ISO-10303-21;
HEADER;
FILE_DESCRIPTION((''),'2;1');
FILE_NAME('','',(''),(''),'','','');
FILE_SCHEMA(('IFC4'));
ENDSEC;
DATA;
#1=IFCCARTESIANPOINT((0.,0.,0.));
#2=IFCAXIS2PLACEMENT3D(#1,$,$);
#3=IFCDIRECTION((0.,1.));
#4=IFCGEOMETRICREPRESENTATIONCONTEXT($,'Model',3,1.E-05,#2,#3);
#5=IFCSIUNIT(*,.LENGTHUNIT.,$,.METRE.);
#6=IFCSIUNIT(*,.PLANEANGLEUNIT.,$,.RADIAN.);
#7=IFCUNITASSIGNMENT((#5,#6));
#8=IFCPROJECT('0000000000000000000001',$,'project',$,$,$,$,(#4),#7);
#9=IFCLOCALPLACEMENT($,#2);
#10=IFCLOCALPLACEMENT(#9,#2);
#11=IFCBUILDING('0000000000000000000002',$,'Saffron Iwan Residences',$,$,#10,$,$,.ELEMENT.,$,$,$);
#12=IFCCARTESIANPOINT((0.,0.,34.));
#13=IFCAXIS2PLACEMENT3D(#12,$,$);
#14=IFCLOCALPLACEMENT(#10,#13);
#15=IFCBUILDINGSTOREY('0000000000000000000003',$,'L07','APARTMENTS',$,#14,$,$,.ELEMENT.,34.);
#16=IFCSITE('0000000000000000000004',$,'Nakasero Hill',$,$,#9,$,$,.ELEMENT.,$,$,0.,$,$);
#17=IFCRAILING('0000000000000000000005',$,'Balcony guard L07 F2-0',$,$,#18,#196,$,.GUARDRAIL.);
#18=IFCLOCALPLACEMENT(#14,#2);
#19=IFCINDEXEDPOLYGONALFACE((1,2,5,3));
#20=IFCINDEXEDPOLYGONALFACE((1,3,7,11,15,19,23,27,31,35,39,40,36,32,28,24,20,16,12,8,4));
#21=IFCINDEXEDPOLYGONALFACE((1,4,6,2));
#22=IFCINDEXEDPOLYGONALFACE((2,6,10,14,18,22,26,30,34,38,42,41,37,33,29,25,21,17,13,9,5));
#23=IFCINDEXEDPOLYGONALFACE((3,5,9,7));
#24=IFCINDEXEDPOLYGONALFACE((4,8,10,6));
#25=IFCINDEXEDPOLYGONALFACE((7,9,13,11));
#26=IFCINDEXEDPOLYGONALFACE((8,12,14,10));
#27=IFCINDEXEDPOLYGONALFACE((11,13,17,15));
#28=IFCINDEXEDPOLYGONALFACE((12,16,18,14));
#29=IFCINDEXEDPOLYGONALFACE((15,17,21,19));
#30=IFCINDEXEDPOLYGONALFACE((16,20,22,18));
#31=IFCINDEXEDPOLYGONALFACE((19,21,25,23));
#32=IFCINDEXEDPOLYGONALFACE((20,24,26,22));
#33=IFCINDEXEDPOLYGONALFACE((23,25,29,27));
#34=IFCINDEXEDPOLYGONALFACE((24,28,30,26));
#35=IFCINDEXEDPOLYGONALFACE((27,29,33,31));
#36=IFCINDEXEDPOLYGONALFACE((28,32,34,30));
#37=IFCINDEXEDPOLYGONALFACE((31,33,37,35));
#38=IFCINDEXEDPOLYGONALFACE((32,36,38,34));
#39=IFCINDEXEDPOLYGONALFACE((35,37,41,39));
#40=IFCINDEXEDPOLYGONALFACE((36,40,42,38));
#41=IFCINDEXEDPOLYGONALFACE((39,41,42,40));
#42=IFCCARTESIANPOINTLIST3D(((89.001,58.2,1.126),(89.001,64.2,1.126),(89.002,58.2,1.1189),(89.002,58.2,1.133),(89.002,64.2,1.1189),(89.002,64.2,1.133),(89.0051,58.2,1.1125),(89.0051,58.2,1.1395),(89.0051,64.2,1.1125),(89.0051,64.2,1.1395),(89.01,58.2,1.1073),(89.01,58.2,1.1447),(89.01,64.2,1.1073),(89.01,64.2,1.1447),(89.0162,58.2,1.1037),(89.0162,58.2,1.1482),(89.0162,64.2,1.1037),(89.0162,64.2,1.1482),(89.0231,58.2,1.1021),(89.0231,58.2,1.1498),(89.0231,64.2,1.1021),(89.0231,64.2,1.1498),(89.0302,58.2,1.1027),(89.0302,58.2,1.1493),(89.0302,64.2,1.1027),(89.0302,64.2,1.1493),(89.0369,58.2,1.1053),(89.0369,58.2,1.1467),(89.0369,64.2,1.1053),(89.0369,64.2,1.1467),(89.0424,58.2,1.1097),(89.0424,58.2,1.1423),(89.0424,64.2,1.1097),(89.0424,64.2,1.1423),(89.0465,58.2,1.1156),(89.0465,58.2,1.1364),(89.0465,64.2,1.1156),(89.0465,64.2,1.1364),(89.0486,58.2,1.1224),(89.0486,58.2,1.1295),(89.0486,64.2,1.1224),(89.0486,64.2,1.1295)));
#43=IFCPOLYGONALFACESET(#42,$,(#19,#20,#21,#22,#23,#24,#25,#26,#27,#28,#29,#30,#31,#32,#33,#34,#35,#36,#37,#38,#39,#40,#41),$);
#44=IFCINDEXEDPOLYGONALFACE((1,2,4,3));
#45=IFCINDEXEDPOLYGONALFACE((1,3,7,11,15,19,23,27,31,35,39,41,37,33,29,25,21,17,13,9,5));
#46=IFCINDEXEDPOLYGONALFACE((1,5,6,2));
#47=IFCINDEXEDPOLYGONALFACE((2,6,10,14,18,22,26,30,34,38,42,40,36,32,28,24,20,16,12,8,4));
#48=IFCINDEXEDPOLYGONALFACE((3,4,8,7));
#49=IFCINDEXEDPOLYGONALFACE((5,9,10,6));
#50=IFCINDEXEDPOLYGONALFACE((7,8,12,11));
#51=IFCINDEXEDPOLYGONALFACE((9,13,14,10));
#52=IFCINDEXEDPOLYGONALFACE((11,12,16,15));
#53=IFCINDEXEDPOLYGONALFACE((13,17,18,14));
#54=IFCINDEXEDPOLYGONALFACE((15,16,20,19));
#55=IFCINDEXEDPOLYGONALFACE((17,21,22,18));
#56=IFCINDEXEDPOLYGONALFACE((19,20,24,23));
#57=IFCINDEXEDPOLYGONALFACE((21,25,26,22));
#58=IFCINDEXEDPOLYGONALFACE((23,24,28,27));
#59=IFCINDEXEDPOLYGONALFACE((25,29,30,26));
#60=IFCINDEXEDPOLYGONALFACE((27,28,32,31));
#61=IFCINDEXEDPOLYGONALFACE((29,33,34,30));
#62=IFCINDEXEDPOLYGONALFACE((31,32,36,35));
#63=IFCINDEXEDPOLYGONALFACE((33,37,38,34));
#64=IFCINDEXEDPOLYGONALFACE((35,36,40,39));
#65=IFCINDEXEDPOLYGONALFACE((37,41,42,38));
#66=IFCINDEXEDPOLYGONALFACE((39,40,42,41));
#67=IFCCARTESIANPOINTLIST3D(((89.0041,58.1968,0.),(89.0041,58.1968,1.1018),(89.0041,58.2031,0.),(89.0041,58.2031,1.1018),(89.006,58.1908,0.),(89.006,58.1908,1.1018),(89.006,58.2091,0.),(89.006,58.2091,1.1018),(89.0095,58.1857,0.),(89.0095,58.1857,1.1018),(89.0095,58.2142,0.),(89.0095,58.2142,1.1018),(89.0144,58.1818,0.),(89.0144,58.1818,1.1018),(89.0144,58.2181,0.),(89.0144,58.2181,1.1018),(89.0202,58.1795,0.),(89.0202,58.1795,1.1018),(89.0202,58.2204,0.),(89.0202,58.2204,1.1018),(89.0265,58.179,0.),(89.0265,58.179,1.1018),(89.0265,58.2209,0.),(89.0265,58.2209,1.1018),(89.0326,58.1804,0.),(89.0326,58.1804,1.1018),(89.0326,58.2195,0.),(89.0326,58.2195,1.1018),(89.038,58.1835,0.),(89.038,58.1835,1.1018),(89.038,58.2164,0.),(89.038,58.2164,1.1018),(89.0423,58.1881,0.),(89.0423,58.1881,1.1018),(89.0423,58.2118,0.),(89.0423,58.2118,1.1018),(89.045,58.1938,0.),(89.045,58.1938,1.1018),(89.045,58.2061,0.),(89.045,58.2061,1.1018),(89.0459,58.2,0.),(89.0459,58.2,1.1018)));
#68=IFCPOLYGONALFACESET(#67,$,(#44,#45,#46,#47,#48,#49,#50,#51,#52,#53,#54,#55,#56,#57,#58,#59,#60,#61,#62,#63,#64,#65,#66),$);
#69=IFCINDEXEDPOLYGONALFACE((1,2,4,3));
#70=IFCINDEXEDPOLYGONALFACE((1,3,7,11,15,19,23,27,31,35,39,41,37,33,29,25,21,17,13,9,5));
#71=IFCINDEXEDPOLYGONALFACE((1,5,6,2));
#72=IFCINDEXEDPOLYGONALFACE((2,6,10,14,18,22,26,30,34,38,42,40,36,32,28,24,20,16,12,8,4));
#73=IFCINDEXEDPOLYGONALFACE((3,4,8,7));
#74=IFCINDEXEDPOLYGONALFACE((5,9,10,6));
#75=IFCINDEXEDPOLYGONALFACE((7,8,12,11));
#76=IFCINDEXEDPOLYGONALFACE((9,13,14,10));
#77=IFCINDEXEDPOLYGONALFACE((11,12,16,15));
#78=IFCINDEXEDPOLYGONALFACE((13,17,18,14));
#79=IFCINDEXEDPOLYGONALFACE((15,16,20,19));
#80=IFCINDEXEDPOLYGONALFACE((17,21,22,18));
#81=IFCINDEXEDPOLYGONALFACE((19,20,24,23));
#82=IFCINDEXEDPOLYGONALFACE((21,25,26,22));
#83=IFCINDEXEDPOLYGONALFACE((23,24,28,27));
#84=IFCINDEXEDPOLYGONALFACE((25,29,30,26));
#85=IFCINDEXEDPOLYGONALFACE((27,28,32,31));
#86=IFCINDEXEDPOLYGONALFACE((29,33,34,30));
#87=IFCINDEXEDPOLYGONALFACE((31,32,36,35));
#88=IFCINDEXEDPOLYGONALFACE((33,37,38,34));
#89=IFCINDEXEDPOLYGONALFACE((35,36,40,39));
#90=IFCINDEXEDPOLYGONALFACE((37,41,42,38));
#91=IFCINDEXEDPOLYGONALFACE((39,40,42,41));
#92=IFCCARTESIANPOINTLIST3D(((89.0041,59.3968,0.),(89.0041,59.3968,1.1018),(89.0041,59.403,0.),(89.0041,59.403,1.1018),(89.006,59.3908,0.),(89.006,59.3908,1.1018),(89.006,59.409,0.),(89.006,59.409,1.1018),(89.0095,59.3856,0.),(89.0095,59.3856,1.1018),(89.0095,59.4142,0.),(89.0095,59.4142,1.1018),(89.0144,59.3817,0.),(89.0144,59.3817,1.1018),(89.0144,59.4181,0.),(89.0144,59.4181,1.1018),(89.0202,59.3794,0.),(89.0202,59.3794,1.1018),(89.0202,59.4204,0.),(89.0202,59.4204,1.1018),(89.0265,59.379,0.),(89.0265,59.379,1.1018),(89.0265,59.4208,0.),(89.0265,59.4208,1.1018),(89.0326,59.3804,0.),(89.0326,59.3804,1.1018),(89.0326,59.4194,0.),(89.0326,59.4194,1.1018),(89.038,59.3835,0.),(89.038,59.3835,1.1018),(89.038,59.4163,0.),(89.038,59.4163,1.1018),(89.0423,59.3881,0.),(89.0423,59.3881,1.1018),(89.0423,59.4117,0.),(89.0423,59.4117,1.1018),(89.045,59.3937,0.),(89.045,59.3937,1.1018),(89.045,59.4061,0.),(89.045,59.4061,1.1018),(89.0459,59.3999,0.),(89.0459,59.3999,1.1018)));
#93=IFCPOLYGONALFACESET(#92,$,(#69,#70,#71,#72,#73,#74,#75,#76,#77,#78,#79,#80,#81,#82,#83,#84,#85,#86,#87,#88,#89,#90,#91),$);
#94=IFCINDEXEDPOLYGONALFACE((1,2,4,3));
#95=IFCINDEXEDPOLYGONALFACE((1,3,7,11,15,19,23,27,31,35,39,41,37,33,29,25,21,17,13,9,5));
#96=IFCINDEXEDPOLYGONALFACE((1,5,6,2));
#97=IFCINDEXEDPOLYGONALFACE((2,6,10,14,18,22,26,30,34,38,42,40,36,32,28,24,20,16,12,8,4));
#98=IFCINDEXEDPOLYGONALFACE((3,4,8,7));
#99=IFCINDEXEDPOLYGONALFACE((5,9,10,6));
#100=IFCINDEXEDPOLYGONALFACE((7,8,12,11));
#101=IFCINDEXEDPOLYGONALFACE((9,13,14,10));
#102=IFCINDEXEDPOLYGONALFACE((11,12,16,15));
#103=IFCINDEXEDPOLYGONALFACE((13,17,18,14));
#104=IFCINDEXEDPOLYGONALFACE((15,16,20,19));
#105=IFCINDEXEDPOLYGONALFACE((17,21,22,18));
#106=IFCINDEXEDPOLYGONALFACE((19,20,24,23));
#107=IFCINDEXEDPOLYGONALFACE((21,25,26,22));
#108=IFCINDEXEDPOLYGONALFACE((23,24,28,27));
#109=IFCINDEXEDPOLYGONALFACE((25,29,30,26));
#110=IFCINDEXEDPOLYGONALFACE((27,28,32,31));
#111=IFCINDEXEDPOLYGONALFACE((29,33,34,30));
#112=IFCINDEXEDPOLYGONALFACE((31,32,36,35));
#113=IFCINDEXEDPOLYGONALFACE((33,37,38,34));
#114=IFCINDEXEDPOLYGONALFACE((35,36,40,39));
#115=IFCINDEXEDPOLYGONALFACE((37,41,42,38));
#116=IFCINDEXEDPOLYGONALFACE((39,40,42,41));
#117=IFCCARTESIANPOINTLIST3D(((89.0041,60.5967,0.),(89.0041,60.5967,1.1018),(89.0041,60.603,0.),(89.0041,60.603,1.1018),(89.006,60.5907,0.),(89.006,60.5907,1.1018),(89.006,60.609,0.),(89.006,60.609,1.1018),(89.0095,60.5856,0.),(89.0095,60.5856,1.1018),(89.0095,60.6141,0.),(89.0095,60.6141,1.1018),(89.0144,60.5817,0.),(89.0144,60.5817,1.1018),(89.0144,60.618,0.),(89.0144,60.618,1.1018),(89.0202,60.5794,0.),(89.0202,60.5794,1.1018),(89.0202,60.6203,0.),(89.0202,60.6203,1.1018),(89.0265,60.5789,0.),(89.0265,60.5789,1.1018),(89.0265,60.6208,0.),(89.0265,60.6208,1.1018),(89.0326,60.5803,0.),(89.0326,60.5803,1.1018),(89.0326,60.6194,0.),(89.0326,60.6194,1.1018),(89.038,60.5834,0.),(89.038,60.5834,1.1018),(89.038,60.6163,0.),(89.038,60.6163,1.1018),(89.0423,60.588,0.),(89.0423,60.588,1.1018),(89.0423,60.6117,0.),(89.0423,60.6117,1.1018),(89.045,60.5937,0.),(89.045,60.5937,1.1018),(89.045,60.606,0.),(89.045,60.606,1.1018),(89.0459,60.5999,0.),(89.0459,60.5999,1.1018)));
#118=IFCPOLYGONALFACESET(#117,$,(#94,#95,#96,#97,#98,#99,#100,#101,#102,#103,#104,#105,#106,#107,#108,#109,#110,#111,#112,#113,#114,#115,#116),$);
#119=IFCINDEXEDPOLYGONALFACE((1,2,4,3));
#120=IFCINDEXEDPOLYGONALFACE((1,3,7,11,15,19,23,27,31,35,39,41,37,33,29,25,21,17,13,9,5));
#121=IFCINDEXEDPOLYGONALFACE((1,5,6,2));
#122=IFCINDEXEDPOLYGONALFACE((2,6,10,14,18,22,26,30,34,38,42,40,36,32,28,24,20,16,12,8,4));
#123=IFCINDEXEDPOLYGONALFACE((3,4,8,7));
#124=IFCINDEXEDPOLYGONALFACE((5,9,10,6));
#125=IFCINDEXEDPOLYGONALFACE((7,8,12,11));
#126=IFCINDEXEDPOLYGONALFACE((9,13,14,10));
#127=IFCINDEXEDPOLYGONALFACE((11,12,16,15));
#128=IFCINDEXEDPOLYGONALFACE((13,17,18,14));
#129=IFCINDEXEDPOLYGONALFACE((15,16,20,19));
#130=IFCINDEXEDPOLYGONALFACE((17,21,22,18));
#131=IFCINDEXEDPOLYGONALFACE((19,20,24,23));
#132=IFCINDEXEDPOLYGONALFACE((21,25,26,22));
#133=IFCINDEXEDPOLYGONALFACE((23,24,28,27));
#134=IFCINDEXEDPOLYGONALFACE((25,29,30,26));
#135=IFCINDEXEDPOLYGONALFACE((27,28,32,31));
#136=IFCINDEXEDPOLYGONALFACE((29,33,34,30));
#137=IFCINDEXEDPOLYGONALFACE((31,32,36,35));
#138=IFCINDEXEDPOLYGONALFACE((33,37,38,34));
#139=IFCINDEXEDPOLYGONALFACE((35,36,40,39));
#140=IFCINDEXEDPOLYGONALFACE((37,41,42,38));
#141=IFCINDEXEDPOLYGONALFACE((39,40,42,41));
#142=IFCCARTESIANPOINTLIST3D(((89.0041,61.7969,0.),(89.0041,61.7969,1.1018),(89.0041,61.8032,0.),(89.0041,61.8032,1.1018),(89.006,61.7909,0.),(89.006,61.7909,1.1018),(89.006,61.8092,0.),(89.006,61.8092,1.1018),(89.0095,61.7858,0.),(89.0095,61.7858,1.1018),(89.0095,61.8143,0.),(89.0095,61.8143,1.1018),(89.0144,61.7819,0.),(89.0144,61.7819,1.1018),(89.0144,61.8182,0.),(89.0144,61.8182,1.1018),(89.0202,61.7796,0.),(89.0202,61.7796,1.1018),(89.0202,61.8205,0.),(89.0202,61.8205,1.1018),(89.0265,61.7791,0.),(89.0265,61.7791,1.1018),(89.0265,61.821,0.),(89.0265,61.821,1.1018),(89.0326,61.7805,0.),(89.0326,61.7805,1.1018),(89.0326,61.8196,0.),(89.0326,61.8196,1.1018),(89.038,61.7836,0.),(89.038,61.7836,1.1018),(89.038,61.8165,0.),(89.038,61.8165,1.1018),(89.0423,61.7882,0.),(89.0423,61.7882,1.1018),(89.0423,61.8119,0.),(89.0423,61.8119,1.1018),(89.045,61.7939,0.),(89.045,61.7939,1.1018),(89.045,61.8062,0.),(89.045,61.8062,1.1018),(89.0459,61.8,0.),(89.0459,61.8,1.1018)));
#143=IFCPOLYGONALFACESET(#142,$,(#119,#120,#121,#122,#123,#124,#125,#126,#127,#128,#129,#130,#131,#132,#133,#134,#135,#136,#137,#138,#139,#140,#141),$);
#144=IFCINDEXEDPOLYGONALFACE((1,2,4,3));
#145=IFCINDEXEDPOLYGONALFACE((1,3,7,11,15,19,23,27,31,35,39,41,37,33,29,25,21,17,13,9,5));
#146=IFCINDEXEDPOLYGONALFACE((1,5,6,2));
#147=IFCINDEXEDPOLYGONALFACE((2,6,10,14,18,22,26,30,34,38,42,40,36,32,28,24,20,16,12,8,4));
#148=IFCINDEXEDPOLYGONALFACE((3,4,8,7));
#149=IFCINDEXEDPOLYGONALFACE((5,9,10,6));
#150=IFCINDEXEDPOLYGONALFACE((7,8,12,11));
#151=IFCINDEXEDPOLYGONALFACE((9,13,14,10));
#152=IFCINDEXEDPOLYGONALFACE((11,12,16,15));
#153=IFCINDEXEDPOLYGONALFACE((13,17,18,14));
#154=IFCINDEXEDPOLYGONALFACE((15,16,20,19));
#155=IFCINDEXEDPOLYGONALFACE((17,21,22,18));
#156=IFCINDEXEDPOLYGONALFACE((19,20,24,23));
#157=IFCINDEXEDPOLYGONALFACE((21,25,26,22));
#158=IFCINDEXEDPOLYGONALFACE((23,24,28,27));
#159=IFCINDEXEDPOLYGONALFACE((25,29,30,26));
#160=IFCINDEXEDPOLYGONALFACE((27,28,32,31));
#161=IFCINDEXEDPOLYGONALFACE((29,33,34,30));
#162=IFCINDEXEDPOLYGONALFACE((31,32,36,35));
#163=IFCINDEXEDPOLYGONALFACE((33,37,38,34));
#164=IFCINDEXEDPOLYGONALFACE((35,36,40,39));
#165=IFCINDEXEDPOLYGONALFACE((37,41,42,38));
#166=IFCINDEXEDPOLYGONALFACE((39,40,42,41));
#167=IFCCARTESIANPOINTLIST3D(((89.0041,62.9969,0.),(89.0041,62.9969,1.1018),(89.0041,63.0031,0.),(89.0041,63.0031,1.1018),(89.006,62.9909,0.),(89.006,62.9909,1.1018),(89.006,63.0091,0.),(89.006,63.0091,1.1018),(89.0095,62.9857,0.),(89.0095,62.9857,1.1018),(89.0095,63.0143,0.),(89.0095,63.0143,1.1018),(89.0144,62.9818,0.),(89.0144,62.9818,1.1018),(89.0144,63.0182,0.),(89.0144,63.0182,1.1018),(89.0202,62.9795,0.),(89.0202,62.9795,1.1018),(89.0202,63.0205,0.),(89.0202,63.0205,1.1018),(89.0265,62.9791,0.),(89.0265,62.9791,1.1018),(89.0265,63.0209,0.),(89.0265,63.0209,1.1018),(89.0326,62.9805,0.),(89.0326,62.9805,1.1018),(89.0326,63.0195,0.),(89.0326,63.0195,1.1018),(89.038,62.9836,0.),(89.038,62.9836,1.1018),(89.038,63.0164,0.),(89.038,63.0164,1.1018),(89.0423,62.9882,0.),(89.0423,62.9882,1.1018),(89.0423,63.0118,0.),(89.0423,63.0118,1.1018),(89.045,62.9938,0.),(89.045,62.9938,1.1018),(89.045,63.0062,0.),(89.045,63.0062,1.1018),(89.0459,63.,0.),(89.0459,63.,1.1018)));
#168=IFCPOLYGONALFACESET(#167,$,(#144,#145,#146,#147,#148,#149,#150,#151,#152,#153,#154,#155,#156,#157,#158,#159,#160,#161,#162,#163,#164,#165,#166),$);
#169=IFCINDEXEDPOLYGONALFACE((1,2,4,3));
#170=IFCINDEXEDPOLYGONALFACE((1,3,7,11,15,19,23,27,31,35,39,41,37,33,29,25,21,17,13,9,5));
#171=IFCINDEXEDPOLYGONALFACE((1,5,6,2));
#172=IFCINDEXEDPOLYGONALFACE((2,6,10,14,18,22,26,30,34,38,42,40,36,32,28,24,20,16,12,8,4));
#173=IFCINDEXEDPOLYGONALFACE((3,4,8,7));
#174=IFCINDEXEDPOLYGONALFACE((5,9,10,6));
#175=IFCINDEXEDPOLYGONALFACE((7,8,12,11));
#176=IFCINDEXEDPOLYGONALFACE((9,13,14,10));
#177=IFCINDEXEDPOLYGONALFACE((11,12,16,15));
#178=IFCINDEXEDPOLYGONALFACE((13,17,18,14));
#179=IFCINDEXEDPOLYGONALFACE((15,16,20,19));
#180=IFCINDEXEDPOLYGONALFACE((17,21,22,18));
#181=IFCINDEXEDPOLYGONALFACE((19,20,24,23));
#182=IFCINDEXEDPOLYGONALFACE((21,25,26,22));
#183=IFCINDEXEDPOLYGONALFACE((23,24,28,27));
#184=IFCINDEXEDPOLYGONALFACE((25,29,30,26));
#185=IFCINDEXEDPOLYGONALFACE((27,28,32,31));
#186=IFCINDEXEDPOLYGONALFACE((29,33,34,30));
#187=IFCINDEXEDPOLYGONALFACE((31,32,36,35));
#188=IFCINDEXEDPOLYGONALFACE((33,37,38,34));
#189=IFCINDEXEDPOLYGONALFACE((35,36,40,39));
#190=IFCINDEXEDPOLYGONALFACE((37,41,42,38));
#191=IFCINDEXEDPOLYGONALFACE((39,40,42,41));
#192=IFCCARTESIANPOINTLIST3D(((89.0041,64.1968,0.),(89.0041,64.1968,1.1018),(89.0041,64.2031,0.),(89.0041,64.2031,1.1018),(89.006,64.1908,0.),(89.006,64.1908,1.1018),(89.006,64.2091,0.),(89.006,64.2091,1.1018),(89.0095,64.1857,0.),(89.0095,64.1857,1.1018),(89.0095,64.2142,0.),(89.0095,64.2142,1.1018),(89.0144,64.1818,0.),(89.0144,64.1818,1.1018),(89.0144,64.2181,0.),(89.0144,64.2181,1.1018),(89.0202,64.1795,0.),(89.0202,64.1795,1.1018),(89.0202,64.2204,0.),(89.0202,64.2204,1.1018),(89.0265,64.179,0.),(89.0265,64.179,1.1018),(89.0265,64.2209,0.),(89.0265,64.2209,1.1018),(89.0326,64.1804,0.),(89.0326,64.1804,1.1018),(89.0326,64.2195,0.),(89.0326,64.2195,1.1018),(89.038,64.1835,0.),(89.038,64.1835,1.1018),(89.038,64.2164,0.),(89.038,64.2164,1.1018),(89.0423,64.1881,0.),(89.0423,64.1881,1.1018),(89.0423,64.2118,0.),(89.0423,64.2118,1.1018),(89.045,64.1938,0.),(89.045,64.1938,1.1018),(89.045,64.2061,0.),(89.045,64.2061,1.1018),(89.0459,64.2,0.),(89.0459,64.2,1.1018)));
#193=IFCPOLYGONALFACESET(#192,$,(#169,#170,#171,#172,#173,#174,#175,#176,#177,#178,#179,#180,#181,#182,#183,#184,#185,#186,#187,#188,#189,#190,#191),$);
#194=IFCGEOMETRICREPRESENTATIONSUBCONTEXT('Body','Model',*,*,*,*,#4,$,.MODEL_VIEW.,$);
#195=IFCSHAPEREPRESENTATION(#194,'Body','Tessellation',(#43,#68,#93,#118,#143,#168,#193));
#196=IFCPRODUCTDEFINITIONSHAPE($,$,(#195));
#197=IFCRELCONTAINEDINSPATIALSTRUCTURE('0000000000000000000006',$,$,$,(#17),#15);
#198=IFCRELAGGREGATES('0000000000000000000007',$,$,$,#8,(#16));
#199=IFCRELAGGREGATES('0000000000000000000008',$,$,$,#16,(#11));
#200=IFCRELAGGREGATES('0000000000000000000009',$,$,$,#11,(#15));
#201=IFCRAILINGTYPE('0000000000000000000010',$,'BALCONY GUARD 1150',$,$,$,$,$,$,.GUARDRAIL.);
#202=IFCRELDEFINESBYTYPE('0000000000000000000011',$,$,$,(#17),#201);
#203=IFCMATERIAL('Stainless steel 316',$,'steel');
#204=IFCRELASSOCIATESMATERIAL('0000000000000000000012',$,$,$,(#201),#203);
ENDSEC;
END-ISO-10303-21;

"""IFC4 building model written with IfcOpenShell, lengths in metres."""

from ifc_helpers import new_model, si_unit, direction, frame, origin, origin_2d, place, context, subcontext, project, spatial, circle, extrude, material, type_object, element, save


model = new_model("IFC4")

# Units and contexts
model_context = context("Model", 3, precision=1e-05, world=origin(), true_north=direction((0.0, 1.0)))
body_context = subcontext(model_context, "Body", "Model", "MODEL_VIEW")
ifc_project = project(units=[si_unit("LENGTHUNIT", "METRE"), si_unit("PLANEANGLEUNIT", "RADIAN")], contexts=[model_context])

# Site, building, storey
site_placement = place(None, origin())
site = spatial("IfcSite", under=ifc_project, at=site_placement, Name="Nakasero Hill", CompositionType="ELEMENT", RefElevation=0.0)
building_placement = place(site_placement, origin())
building = spatial("IfcBuilding", under=site, at=building_placement, Name="Saffron Iwan Residences", CompositionType="ELEMENT")
storey_placement = place(building_placement, frame((0.0, 0.0, 34.0)))
storey = spatial("IfcBuildingStorey", under=building, at=storey_placement, Name="L07", Description="APARTMENTS", CompositionType="ELEMENT", Elevation=34.0)

# Railing
ifc_material_1 = material(Name="Stainless steel 316", Category="steel")
railing_type = type_object("IfcRailingType", Name="BALCONY GUARD 1150", PredefinedType="GUARDRAIL", material=ifc_material_1)
railing_placement = place(storey_placement, frame((89.0249, 58.2, 0.0)))
element("IfcRailing", 1, at=railing_placement, inside=storey, type_object=railing_type, Name="Balcony guard L07 F2-0", PredefinedType="GUARDRAIL", context=body_context, shape_type="SweptSolid", body=[
    extrude(circle(Radius=0.0239, at=origin_2d()), frame((0.0, 0.0, 1.126), z_axis=(0.0, 1.0, 0.0), x_axis=(-1.0, 0.0, 0.0)), (0.0, 0.0, 1.0), 6.0),
    extrude(circle(Radius=0.021, at=origin_2d()), origin(), (0.0, 0.0, 1.0), 1.1018),
    extrude(circle(Radius=0.021, at=origin_2d()), frame((0.0, 1.2, 0.0)), (0.0, 0.0, 1.0), 1.1018),
    extrude(circle(Radius=0.021, at=origin_2d()), frame((0.0, 2.3999, 0.0)), (0.0, 0.0, 1.0), 1.1018),
    extrude(circle(Radius=0.021, at=origin_2d()), frame((0.0, 3.6001, 0.0)), (0.0, 0.0, 1.0), 1.1018),
    extrude(circle(Radius=0.021, at=origin_2d()), frame((0.0, 4.8, 0.0)), (0.0, 0.0, 1.0), 1.1018),
    extrude(circle(Radius=0.021, at=origin_2d()), frame((0.0, 6.0, 0.0)), (0.0, 0.0, 1.0), 1.1018),
])

save(model, "model.ifc")
